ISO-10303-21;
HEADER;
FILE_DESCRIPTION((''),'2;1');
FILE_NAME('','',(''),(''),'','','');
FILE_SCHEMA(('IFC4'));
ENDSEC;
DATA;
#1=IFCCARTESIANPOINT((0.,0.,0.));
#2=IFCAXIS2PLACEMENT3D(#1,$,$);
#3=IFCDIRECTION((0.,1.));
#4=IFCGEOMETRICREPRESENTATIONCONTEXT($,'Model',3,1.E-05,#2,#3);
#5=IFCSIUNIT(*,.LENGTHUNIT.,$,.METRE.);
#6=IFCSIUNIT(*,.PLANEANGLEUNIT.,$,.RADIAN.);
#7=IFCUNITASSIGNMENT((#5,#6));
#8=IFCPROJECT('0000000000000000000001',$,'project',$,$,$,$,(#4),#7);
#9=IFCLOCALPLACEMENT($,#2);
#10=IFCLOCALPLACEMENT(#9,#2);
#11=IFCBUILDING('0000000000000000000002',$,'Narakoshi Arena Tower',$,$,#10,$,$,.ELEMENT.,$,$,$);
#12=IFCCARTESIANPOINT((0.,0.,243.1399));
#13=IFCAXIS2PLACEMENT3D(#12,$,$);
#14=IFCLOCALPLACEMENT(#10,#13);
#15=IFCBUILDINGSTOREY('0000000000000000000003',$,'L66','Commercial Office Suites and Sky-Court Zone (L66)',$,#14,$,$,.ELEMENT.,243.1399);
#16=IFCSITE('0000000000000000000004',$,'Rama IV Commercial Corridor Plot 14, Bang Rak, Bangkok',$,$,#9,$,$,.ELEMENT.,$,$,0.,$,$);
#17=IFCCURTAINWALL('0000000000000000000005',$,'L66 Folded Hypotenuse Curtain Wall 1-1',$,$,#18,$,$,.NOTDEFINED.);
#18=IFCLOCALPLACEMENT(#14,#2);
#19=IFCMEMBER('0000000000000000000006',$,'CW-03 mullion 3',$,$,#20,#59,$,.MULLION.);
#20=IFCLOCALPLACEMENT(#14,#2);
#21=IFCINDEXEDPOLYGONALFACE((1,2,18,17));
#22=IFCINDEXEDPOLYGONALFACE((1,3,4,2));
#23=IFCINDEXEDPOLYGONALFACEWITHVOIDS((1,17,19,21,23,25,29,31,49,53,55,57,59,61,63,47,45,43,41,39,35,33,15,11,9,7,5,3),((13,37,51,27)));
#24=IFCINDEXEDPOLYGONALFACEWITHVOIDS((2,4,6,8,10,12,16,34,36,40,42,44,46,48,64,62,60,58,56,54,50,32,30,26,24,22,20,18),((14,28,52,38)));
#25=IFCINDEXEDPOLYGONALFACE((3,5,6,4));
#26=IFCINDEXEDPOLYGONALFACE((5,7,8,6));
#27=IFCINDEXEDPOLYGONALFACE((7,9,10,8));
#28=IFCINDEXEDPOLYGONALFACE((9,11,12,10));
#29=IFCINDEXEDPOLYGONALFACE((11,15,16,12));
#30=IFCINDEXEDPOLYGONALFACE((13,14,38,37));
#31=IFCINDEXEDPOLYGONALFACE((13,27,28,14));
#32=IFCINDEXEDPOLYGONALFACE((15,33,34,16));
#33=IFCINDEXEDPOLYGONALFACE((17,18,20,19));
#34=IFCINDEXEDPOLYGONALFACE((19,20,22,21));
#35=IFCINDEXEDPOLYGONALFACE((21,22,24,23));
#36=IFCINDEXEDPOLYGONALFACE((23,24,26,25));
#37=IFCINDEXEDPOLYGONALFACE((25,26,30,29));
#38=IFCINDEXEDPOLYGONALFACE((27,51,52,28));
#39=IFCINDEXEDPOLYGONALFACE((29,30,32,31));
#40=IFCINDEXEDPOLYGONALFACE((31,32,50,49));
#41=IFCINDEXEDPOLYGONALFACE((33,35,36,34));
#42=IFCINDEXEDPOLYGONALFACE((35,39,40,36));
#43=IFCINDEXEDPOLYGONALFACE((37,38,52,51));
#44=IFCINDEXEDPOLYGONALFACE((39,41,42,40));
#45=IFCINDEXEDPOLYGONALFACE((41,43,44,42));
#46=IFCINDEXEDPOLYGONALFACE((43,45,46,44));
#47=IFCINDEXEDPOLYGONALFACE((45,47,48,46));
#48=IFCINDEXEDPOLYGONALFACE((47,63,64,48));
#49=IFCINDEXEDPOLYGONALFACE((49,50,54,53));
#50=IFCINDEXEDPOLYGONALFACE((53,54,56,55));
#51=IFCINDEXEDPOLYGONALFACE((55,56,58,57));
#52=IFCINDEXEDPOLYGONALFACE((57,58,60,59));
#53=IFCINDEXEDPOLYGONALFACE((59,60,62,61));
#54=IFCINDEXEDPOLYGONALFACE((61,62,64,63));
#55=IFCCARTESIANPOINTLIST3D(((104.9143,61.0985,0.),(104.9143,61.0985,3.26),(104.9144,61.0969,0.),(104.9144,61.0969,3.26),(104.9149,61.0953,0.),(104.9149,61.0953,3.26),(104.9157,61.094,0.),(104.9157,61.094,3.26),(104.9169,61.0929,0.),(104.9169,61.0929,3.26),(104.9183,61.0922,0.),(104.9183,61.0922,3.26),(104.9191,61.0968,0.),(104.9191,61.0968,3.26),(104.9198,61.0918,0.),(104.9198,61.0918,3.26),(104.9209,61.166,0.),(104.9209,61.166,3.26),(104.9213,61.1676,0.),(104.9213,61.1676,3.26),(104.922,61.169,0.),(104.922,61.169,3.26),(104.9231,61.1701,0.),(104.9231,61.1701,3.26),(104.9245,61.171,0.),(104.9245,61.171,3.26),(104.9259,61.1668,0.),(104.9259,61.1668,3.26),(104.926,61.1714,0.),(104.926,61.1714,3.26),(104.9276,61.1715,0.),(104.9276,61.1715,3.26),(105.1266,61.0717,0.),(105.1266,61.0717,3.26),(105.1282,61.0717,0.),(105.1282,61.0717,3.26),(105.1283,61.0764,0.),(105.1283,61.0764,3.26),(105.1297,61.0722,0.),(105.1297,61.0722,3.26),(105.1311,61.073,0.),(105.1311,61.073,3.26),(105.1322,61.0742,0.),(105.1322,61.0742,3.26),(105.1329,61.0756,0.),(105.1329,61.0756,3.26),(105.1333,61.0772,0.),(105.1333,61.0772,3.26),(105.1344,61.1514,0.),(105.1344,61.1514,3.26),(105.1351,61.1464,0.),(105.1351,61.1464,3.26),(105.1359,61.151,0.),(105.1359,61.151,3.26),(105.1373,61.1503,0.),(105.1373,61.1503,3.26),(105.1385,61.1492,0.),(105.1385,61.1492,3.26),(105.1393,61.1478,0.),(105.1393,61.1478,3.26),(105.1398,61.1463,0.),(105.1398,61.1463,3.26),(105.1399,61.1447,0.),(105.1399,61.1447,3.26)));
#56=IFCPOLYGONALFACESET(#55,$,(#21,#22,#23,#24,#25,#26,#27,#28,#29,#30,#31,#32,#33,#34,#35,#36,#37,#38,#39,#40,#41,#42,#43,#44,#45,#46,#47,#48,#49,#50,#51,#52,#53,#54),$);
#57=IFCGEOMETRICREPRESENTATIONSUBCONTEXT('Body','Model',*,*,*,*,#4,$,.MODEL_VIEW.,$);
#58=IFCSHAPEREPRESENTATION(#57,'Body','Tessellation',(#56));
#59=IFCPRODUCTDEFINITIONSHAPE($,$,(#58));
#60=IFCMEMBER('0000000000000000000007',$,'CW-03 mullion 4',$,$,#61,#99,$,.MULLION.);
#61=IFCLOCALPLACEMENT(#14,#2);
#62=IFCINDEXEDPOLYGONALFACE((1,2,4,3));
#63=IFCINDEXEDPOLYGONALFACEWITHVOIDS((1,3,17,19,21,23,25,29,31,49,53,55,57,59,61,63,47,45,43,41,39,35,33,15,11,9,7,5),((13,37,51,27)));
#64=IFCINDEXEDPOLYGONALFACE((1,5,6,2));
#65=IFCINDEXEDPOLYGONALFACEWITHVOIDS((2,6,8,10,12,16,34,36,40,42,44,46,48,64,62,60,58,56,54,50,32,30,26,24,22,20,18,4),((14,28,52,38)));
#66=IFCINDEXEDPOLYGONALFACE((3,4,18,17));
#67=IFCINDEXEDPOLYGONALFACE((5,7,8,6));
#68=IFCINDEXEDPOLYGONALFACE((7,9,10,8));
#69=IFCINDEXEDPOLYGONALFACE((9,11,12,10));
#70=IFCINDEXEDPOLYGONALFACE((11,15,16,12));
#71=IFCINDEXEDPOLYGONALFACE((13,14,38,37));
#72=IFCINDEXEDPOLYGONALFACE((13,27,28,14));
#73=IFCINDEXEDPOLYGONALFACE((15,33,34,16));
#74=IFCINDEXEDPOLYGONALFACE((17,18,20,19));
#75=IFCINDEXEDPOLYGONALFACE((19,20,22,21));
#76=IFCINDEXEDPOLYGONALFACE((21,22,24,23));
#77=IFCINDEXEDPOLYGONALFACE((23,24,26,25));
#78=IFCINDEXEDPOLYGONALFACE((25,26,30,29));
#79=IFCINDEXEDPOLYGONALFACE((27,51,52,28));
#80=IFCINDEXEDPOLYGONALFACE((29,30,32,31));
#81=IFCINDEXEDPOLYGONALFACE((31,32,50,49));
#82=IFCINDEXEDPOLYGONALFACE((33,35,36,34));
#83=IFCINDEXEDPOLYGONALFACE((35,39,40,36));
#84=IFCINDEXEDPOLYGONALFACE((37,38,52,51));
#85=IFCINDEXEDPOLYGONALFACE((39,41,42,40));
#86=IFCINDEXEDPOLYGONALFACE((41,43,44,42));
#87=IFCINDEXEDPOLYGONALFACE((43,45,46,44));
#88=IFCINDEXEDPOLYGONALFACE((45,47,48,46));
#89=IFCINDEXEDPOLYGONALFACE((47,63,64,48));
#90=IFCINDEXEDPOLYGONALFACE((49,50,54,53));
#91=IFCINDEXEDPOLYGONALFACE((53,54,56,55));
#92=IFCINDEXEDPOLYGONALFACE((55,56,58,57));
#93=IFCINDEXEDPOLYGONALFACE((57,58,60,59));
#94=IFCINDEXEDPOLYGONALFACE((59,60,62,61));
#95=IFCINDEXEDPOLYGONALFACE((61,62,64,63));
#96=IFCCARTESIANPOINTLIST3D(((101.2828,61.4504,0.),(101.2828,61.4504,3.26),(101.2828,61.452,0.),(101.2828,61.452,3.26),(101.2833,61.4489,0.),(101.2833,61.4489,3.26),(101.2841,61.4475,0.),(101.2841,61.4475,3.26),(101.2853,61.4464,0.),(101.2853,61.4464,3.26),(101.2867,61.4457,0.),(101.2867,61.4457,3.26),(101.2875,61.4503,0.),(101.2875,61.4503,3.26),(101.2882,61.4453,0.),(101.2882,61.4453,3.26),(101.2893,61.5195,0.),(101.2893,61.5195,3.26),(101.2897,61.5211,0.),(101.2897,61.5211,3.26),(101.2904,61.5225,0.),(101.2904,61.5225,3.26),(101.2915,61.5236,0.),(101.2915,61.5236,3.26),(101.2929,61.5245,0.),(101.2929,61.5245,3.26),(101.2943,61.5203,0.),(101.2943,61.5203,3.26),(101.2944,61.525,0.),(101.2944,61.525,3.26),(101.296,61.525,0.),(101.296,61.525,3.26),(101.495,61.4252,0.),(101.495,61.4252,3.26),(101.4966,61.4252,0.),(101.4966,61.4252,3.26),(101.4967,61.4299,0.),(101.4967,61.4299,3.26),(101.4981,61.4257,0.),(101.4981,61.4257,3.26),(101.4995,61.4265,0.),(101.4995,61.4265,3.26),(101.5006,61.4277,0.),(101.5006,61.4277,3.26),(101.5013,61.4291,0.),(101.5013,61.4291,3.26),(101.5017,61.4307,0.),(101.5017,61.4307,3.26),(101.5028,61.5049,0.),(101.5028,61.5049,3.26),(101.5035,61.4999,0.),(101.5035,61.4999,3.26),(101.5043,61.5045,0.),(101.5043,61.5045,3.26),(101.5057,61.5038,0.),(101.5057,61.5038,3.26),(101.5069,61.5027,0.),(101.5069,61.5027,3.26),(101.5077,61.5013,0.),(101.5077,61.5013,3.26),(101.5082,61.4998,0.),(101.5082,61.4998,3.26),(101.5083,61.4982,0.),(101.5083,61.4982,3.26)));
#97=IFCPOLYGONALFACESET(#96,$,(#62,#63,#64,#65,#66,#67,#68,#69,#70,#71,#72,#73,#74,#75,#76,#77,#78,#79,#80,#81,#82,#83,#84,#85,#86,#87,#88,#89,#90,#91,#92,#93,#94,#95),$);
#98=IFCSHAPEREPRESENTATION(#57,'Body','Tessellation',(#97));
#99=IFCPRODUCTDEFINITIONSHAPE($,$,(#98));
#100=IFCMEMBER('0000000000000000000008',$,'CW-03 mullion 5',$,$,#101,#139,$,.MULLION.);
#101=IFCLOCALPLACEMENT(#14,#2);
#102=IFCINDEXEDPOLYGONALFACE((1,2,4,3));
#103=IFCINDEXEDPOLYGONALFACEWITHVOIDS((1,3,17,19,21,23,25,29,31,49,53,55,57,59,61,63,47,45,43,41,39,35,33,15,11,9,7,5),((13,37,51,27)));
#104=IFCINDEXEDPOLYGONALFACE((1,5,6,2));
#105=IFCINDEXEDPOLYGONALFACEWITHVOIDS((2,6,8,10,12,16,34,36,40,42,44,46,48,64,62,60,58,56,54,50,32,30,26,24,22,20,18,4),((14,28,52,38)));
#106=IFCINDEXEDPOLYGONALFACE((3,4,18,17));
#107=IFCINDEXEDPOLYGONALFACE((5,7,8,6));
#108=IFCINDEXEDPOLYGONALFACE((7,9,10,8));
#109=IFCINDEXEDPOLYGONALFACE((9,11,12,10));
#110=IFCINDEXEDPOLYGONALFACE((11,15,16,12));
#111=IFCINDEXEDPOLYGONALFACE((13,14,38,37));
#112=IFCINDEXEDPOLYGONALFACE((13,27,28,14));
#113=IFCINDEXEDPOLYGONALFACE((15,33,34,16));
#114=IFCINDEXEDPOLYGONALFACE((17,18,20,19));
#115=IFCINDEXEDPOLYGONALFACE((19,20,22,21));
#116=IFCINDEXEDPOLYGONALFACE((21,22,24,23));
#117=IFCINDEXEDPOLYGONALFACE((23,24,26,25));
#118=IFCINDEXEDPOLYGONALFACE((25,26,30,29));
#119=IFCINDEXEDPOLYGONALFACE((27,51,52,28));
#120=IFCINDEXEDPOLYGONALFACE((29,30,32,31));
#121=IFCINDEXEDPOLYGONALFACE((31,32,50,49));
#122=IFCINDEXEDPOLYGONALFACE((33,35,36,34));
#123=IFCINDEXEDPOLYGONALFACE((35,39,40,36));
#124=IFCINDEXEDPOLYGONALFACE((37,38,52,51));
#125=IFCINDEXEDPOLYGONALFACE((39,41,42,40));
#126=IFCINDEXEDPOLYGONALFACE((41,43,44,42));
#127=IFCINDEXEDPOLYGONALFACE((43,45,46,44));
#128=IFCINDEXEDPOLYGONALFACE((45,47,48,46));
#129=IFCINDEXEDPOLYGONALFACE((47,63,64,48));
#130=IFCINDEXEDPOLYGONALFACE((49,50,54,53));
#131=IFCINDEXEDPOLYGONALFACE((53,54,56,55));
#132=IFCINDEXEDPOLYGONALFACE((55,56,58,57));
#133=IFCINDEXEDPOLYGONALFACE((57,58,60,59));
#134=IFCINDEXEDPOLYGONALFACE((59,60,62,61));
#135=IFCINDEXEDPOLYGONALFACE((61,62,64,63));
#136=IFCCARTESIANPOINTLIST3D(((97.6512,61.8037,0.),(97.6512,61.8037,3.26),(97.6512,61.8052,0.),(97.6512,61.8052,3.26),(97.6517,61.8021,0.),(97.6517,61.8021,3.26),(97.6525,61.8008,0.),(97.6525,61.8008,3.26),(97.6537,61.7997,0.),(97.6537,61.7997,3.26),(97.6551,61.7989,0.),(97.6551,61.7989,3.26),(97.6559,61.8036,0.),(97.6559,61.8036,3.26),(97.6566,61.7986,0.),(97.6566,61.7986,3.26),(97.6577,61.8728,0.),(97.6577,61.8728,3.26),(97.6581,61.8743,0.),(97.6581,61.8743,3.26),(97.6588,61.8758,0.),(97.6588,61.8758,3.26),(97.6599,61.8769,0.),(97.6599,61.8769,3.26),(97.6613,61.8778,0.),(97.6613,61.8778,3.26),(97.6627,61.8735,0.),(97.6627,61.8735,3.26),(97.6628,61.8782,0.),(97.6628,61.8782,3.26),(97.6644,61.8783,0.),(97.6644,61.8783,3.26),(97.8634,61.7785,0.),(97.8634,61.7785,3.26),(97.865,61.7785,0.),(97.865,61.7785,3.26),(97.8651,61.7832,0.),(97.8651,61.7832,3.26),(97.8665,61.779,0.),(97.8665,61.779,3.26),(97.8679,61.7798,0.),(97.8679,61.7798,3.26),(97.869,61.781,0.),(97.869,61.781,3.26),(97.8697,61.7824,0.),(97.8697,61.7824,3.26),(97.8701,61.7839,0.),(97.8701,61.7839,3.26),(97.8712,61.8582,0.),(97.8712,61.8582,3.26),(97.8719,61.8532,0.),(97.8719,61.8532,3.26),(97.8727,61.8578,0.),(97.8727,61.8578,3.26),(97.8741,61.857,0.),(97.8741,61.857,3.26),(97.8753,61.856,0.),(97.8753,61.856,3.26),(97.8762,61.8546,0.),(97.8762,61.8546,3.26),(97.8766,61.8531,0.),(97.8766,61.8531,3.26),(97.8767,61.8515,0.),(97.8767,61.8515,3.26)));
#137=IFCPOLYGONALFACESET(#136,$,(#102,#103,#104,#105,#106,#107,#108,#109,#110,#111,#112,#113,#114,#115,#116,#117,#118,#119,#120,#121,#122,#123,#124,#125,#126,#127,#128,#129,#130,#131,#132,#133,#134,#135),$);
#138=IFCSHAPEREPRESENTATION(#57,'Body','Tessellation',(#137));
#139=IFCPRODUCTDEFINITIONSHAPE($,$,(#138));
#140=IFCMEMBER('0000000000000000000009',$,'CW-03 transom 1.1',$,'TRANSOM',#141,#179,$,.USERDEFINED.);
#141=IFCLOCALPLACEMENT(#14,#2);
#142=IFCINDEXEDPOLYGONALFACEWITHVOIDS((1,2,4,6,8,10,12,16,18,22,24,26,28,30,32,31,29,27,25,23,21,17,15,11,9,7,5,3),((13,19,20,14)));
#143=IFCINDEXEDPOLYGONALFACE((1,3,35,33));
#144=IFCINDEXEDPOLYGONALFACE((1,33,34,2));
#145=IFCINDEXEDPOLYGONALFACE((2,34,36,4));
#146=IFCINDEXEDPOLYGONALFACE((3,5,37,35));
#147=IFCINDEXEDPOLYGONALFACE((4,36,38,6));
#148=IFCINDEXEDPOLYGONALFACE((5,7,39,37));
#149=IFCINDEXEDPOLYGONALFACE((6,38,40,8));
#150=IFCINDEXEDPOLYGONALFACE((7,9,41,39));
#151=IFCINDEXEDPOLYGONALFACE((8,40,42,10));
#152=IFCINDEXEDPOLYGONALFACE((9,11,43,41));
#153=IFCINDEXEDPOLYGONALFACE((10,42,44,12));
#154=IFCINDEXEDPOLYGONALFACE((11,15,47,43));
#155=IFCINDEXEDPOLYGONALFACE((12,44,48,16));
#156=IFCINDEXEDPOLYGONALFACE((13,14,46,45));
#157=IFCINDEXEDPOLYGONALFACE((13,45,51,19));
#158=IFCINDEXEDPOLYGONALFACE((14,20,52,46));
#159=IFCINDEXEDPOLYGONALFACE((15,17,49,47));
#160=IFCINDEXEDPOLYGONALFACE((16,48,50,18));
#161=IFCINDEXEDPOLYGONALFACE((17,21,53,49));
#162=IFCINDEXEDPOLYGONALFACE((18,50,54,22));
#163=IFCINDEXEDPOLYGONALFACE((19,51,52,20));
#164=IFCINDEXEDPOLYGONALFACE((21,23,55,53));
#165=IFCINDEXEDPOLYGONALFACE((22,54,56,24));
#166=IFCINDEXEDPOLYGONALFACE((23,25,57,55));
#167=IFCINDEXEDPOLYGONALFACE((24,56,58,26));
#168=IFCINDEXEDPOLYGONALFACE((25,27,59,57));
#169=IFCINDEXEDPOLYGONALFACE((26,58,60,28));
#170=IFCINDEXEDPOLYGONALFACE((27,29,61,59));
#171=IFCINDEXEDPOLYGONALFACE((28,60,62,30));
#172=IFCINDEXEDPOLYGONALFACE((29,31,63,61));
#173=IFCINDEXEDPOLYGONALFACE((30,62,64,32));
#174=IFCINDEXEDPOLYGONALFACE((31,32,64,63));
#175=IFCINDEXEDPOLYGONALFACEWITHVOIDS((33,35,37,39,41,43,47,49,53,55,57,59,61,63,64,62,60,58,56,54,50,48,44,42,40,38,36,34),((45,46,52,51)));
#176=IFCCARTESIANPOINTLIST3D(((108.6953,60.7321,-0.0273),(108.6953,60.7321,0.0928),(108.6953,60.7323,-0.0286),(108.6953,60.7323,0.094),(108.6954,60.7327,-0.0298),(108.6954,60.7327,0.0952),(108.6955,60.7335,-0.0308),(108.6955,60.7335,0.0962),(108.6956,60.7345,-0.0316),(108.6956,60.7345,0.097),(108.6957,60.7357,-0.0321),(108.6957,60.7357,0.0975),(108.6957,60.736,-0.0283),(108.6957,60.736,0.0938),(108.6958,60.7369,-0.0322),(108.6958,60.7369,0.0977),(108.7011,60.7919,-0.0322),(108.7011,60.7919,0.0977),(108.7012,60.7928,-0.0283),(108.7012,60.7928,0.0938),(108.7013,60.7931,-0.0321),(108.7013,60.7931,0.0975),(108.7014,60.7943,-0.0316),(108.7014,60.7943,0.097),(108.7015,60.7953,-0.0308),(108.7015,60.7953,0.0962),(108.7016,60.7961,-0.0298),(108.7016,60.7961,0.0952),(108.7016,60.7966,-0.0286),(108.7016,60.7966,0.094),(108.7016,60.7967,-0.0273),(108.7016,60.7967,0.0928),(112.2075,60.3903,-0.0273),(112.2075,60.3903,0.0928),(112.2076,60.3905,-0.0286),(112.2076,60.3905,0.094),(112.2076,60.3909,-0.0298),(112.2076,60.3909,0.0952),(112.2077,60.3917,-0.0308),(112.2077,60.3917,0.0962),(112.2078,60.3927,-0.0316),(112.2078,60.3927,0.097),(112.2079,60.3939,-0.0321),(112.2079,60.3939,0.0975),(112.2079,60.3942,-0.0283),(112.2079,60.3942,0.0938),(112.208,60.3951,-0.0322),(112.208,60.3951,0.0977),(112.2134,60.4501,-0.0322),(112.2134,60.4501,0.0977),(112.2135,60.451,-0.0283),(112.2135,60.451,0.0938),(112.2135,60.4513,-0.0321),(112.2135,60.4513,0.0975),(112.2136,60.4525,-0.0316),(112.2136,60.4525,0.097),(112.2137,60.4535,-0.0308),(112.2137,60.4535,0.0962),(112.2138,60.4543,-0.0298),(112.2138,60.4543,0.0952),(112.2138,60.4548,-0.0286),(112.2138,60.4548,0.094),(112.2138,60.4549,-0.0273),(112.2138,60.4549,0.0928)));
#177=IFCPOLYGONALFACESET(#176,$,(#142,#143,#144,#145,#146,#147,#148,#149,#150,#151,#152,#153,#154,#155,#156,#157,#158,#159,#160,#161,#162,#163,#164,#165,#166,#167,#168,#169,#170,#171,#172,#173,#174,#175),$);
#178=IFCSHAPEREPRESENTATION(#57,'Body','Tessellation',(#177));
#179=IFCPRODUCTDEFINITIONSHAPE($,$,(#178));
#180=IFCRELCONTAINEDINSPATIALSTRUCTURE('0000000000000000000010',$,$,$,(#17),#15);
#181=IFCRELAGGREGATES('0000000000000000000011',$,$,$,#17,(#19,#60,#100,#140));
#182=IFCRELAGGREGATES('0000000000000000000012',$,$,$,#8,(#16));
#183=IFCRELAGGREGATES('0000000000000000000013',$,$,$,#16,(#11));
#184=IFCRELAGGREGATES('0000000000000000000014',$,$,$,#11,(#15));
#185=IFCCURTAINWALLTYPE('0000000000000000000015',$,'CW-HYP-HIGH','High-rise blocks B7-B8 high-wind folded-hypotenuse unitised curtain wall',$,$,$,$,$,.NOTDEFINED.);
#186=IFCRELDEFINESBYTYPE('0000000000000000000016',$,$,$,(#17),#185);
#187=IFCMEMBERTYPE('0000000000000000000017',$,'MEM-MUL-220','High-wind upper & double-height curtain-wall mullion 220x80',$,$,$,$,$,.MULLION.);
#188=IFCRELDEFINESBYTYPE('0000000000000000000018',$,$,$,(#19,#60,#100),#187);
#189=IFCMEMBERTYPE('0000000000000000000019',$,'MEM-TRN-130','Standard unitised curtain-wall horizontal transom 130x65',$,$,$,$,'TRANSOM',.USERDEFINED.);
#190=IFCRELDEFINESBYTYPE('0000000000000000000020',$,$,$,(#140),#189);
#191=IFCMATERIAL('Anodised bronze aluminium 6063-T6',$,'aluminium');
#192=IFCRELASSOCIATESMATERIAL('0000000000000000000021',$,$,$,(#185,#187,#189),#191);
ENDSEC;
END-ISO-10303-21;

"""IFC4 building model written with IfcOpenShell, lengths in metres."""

from ifc_helpers import new_model, si_unit, direction, frame, origin, origin_2d, place, context, subcontext, project, spatial, hollow_rectangle, extrude, material, material_profile, profile_set, type_object, element, aggregate, save


model = new_model("IFC4")

# Units and contexts
model_context = context("Model", 3, precision=1e-05, world=origin(), true_north=direction((0.0, 1.0)))
body_context = subcontext(model_context, "Body", "Model", "MODEL_VIEW")
ifc_project = project(units=[si_unit("LENGTHUNIT", "METRE"), si_unit("PLANEANGLEUNIT", "RADIAN")], contexts=[model_context])

# Site, building, storey
site_placement = place(None, origin())
site = spatial("IfcSite", under=ifc_project, at=site_placement, Name="Rama IV Commercial Corridor Plot 14, Bang Rak, Bangkok", CompositionType="ELEMENT", RefElevation=0.0)
building_placement = place(site_placement, origin())
building = spatial("IfcBuilding", under=site, at=building_placement, Name="Narakoshi Arena Tower", CompositionType="ELEMENT")
storey_placement = place(building_placement, frame((0.0, 0.0, 243.1399)))
storey = spatial("IfcBuildingStorey", under=building, at=storey_placement, Name="L66", Description="Commercial Office Suites and Sky-Court Zone (L66)", CompositionType="ELEMENT", Elevation=243.1399)

# Curtain wall, members
ifc_material_1 = material(Name="Anodised bronze aluminium 6063-T6", Category="aluminium")
curtain_wall_type = type_object("IfcCurtainWallType", Name="CW-HYP-HIGH", Description="High-rise blocks B7-B8 high-wind folded-hypotenuse unitised curtain wall", PredefinedType="NOTDEFINED", material=ifc_material_1)
curtain_wall_placement = place(storey_placement, origin())
curtain_wall = element("IfcCurtainWall", 1, at=curtain_wall_placement, inside=storey, type_object=curtain_wall_type, Name="L66 Folded Hypotenuse Curtain Wall 1-1", PredefinedType="NOTDEFINED")
ifc_material_profile_1 = material_profile(ifc_material_1, hollow_rectangle(XDim=0.0801, YDim=0.22, WallThickness=0.0049, OuterFilletRadius=0.0061, at=origin_2d()), Name="MUL220x80x5")
ifc_profile_set_1 = profile_set([ifc_material_profile_1], Name="Anodised bronze aluminium 6063-T6")
member_type_1 = type_object("IfcMemberType", Name="MEM-MUL-220", Description="High-wind upper & double-height curtain-wall mullion 220x80", PredefinedType="MULLION", material=ifc_profile_set_1)
member_1_placement = place(storey_placement, frame((105.0271, 61.1216, 0.0), z_axis=(0.0, 0.0, 1.0), x_axis=(-0.096851, -0.995299, 0.0)))
member_1 = element("IfcMember", 2, at=member_1_placement, type_object=member_type_1, Name="CW-03 mullion 3", PredefinedType="MULLION", context=body_context, shape_type="SweptSolid", body=[
    extrude(hollow_rectangle(XDim=0.0801, YDim=0.22, WallThickness=0.0049, OuterFilletRadius=0.0061, at=origin_2d()), origin(), (0.0, 0.0, 1.0), 3.26),
])
member_2_placement = place(storey_placement, frame((101.3955, 61.4751, 0.0), z_axis=(0.0, 0.0, 1.0), x_axis=(-0.096851, -0.995299, 0.0)))
member_2 = element("IfcMember", 3, at=member_2_placement, type_object=member_type_1, Name="CW-03 mullion 4", PredefinedType="MULLION", context=body_context, shape_type="SweptSolid", body=[
    extrude(hollow_rectangle(XDim=0.0801, YDim=0.22, WallThickness=0.0049, OuterFilletRadius=0.0061, at=origin_2d()), origin(), (0.0, 0.0, 1.0), 3.26),
])
member_3_placement = place(storey_placement, frame((97.7639, 61.8284, 0.0), z_axis=(0.0, 0.0, 1.0), x_axis=(-0.096851, -0.995299, 0.0)))
member_3 = element("IfcMember", 4, at=member_3_placement, type_object=member_type_1, Name="CW-03 mullion 5", PredefinedType="MULLION", context=body_context, shape_type="SweptSolid", body=[
    extrude(hollow_rectangle(XDim=0.0801, YDim=0.22, WallThickness=0.0049, OuterFilletRadius=0.0061, at=origin_2d()), origin(), (0.0, 0.0, 1.0), 3.26),
])
ifc_material_profile_2 = material_profile(ifc_material_1, hollow_rectangle(XDim=0.0649, YDim=0.1299, WallThickness=0.0039, OuterFilletRadius=0.0049, at=origin_2d()), Name="TRN130x65x4")
ifc_profile_set_2 = profile_set([ifc_material_profile_2], Name="Anodised bronze aluminium 6063-T6")
member_type_2 = type_object("IfcMemberType", Name="MEM-TRN-130", Description="Standard unitised curtain-wall horizontal transom 130x65", ElementType="TRANSOM", PredefinedType="USERDEFINED", material=ifc_profile_set_2)
member_4_placement = place(storey_placement, frame((112.2107, 60.4226, 0.0327), z_axis=(-0.995298, 0.096859, 0.0), x_axis=(-0.096859, -0.995298, 0.0)))
member_4 = element("IfcMember", 5, at=member_4_placement, type_object=member_type_2, Name="CW-03 transom 1.1", ObjectType="TRANSOM", PredefinedType="USERDEFINED", context=body_context, shape_type="SweptSolid", body=[
    extrude(hollow_rectangle(XDim=0.0649, YDim=0.1299, WallThickness=0.0039, OuterFilletRadius=0.0049, at=origin_2d()), origin(), (0.0, 0.0, 1.0), 3.5288),
])
aggregate(curtain_wall, [member_1, member_2, member_3, member_4])

save(model, "model.ifc")
